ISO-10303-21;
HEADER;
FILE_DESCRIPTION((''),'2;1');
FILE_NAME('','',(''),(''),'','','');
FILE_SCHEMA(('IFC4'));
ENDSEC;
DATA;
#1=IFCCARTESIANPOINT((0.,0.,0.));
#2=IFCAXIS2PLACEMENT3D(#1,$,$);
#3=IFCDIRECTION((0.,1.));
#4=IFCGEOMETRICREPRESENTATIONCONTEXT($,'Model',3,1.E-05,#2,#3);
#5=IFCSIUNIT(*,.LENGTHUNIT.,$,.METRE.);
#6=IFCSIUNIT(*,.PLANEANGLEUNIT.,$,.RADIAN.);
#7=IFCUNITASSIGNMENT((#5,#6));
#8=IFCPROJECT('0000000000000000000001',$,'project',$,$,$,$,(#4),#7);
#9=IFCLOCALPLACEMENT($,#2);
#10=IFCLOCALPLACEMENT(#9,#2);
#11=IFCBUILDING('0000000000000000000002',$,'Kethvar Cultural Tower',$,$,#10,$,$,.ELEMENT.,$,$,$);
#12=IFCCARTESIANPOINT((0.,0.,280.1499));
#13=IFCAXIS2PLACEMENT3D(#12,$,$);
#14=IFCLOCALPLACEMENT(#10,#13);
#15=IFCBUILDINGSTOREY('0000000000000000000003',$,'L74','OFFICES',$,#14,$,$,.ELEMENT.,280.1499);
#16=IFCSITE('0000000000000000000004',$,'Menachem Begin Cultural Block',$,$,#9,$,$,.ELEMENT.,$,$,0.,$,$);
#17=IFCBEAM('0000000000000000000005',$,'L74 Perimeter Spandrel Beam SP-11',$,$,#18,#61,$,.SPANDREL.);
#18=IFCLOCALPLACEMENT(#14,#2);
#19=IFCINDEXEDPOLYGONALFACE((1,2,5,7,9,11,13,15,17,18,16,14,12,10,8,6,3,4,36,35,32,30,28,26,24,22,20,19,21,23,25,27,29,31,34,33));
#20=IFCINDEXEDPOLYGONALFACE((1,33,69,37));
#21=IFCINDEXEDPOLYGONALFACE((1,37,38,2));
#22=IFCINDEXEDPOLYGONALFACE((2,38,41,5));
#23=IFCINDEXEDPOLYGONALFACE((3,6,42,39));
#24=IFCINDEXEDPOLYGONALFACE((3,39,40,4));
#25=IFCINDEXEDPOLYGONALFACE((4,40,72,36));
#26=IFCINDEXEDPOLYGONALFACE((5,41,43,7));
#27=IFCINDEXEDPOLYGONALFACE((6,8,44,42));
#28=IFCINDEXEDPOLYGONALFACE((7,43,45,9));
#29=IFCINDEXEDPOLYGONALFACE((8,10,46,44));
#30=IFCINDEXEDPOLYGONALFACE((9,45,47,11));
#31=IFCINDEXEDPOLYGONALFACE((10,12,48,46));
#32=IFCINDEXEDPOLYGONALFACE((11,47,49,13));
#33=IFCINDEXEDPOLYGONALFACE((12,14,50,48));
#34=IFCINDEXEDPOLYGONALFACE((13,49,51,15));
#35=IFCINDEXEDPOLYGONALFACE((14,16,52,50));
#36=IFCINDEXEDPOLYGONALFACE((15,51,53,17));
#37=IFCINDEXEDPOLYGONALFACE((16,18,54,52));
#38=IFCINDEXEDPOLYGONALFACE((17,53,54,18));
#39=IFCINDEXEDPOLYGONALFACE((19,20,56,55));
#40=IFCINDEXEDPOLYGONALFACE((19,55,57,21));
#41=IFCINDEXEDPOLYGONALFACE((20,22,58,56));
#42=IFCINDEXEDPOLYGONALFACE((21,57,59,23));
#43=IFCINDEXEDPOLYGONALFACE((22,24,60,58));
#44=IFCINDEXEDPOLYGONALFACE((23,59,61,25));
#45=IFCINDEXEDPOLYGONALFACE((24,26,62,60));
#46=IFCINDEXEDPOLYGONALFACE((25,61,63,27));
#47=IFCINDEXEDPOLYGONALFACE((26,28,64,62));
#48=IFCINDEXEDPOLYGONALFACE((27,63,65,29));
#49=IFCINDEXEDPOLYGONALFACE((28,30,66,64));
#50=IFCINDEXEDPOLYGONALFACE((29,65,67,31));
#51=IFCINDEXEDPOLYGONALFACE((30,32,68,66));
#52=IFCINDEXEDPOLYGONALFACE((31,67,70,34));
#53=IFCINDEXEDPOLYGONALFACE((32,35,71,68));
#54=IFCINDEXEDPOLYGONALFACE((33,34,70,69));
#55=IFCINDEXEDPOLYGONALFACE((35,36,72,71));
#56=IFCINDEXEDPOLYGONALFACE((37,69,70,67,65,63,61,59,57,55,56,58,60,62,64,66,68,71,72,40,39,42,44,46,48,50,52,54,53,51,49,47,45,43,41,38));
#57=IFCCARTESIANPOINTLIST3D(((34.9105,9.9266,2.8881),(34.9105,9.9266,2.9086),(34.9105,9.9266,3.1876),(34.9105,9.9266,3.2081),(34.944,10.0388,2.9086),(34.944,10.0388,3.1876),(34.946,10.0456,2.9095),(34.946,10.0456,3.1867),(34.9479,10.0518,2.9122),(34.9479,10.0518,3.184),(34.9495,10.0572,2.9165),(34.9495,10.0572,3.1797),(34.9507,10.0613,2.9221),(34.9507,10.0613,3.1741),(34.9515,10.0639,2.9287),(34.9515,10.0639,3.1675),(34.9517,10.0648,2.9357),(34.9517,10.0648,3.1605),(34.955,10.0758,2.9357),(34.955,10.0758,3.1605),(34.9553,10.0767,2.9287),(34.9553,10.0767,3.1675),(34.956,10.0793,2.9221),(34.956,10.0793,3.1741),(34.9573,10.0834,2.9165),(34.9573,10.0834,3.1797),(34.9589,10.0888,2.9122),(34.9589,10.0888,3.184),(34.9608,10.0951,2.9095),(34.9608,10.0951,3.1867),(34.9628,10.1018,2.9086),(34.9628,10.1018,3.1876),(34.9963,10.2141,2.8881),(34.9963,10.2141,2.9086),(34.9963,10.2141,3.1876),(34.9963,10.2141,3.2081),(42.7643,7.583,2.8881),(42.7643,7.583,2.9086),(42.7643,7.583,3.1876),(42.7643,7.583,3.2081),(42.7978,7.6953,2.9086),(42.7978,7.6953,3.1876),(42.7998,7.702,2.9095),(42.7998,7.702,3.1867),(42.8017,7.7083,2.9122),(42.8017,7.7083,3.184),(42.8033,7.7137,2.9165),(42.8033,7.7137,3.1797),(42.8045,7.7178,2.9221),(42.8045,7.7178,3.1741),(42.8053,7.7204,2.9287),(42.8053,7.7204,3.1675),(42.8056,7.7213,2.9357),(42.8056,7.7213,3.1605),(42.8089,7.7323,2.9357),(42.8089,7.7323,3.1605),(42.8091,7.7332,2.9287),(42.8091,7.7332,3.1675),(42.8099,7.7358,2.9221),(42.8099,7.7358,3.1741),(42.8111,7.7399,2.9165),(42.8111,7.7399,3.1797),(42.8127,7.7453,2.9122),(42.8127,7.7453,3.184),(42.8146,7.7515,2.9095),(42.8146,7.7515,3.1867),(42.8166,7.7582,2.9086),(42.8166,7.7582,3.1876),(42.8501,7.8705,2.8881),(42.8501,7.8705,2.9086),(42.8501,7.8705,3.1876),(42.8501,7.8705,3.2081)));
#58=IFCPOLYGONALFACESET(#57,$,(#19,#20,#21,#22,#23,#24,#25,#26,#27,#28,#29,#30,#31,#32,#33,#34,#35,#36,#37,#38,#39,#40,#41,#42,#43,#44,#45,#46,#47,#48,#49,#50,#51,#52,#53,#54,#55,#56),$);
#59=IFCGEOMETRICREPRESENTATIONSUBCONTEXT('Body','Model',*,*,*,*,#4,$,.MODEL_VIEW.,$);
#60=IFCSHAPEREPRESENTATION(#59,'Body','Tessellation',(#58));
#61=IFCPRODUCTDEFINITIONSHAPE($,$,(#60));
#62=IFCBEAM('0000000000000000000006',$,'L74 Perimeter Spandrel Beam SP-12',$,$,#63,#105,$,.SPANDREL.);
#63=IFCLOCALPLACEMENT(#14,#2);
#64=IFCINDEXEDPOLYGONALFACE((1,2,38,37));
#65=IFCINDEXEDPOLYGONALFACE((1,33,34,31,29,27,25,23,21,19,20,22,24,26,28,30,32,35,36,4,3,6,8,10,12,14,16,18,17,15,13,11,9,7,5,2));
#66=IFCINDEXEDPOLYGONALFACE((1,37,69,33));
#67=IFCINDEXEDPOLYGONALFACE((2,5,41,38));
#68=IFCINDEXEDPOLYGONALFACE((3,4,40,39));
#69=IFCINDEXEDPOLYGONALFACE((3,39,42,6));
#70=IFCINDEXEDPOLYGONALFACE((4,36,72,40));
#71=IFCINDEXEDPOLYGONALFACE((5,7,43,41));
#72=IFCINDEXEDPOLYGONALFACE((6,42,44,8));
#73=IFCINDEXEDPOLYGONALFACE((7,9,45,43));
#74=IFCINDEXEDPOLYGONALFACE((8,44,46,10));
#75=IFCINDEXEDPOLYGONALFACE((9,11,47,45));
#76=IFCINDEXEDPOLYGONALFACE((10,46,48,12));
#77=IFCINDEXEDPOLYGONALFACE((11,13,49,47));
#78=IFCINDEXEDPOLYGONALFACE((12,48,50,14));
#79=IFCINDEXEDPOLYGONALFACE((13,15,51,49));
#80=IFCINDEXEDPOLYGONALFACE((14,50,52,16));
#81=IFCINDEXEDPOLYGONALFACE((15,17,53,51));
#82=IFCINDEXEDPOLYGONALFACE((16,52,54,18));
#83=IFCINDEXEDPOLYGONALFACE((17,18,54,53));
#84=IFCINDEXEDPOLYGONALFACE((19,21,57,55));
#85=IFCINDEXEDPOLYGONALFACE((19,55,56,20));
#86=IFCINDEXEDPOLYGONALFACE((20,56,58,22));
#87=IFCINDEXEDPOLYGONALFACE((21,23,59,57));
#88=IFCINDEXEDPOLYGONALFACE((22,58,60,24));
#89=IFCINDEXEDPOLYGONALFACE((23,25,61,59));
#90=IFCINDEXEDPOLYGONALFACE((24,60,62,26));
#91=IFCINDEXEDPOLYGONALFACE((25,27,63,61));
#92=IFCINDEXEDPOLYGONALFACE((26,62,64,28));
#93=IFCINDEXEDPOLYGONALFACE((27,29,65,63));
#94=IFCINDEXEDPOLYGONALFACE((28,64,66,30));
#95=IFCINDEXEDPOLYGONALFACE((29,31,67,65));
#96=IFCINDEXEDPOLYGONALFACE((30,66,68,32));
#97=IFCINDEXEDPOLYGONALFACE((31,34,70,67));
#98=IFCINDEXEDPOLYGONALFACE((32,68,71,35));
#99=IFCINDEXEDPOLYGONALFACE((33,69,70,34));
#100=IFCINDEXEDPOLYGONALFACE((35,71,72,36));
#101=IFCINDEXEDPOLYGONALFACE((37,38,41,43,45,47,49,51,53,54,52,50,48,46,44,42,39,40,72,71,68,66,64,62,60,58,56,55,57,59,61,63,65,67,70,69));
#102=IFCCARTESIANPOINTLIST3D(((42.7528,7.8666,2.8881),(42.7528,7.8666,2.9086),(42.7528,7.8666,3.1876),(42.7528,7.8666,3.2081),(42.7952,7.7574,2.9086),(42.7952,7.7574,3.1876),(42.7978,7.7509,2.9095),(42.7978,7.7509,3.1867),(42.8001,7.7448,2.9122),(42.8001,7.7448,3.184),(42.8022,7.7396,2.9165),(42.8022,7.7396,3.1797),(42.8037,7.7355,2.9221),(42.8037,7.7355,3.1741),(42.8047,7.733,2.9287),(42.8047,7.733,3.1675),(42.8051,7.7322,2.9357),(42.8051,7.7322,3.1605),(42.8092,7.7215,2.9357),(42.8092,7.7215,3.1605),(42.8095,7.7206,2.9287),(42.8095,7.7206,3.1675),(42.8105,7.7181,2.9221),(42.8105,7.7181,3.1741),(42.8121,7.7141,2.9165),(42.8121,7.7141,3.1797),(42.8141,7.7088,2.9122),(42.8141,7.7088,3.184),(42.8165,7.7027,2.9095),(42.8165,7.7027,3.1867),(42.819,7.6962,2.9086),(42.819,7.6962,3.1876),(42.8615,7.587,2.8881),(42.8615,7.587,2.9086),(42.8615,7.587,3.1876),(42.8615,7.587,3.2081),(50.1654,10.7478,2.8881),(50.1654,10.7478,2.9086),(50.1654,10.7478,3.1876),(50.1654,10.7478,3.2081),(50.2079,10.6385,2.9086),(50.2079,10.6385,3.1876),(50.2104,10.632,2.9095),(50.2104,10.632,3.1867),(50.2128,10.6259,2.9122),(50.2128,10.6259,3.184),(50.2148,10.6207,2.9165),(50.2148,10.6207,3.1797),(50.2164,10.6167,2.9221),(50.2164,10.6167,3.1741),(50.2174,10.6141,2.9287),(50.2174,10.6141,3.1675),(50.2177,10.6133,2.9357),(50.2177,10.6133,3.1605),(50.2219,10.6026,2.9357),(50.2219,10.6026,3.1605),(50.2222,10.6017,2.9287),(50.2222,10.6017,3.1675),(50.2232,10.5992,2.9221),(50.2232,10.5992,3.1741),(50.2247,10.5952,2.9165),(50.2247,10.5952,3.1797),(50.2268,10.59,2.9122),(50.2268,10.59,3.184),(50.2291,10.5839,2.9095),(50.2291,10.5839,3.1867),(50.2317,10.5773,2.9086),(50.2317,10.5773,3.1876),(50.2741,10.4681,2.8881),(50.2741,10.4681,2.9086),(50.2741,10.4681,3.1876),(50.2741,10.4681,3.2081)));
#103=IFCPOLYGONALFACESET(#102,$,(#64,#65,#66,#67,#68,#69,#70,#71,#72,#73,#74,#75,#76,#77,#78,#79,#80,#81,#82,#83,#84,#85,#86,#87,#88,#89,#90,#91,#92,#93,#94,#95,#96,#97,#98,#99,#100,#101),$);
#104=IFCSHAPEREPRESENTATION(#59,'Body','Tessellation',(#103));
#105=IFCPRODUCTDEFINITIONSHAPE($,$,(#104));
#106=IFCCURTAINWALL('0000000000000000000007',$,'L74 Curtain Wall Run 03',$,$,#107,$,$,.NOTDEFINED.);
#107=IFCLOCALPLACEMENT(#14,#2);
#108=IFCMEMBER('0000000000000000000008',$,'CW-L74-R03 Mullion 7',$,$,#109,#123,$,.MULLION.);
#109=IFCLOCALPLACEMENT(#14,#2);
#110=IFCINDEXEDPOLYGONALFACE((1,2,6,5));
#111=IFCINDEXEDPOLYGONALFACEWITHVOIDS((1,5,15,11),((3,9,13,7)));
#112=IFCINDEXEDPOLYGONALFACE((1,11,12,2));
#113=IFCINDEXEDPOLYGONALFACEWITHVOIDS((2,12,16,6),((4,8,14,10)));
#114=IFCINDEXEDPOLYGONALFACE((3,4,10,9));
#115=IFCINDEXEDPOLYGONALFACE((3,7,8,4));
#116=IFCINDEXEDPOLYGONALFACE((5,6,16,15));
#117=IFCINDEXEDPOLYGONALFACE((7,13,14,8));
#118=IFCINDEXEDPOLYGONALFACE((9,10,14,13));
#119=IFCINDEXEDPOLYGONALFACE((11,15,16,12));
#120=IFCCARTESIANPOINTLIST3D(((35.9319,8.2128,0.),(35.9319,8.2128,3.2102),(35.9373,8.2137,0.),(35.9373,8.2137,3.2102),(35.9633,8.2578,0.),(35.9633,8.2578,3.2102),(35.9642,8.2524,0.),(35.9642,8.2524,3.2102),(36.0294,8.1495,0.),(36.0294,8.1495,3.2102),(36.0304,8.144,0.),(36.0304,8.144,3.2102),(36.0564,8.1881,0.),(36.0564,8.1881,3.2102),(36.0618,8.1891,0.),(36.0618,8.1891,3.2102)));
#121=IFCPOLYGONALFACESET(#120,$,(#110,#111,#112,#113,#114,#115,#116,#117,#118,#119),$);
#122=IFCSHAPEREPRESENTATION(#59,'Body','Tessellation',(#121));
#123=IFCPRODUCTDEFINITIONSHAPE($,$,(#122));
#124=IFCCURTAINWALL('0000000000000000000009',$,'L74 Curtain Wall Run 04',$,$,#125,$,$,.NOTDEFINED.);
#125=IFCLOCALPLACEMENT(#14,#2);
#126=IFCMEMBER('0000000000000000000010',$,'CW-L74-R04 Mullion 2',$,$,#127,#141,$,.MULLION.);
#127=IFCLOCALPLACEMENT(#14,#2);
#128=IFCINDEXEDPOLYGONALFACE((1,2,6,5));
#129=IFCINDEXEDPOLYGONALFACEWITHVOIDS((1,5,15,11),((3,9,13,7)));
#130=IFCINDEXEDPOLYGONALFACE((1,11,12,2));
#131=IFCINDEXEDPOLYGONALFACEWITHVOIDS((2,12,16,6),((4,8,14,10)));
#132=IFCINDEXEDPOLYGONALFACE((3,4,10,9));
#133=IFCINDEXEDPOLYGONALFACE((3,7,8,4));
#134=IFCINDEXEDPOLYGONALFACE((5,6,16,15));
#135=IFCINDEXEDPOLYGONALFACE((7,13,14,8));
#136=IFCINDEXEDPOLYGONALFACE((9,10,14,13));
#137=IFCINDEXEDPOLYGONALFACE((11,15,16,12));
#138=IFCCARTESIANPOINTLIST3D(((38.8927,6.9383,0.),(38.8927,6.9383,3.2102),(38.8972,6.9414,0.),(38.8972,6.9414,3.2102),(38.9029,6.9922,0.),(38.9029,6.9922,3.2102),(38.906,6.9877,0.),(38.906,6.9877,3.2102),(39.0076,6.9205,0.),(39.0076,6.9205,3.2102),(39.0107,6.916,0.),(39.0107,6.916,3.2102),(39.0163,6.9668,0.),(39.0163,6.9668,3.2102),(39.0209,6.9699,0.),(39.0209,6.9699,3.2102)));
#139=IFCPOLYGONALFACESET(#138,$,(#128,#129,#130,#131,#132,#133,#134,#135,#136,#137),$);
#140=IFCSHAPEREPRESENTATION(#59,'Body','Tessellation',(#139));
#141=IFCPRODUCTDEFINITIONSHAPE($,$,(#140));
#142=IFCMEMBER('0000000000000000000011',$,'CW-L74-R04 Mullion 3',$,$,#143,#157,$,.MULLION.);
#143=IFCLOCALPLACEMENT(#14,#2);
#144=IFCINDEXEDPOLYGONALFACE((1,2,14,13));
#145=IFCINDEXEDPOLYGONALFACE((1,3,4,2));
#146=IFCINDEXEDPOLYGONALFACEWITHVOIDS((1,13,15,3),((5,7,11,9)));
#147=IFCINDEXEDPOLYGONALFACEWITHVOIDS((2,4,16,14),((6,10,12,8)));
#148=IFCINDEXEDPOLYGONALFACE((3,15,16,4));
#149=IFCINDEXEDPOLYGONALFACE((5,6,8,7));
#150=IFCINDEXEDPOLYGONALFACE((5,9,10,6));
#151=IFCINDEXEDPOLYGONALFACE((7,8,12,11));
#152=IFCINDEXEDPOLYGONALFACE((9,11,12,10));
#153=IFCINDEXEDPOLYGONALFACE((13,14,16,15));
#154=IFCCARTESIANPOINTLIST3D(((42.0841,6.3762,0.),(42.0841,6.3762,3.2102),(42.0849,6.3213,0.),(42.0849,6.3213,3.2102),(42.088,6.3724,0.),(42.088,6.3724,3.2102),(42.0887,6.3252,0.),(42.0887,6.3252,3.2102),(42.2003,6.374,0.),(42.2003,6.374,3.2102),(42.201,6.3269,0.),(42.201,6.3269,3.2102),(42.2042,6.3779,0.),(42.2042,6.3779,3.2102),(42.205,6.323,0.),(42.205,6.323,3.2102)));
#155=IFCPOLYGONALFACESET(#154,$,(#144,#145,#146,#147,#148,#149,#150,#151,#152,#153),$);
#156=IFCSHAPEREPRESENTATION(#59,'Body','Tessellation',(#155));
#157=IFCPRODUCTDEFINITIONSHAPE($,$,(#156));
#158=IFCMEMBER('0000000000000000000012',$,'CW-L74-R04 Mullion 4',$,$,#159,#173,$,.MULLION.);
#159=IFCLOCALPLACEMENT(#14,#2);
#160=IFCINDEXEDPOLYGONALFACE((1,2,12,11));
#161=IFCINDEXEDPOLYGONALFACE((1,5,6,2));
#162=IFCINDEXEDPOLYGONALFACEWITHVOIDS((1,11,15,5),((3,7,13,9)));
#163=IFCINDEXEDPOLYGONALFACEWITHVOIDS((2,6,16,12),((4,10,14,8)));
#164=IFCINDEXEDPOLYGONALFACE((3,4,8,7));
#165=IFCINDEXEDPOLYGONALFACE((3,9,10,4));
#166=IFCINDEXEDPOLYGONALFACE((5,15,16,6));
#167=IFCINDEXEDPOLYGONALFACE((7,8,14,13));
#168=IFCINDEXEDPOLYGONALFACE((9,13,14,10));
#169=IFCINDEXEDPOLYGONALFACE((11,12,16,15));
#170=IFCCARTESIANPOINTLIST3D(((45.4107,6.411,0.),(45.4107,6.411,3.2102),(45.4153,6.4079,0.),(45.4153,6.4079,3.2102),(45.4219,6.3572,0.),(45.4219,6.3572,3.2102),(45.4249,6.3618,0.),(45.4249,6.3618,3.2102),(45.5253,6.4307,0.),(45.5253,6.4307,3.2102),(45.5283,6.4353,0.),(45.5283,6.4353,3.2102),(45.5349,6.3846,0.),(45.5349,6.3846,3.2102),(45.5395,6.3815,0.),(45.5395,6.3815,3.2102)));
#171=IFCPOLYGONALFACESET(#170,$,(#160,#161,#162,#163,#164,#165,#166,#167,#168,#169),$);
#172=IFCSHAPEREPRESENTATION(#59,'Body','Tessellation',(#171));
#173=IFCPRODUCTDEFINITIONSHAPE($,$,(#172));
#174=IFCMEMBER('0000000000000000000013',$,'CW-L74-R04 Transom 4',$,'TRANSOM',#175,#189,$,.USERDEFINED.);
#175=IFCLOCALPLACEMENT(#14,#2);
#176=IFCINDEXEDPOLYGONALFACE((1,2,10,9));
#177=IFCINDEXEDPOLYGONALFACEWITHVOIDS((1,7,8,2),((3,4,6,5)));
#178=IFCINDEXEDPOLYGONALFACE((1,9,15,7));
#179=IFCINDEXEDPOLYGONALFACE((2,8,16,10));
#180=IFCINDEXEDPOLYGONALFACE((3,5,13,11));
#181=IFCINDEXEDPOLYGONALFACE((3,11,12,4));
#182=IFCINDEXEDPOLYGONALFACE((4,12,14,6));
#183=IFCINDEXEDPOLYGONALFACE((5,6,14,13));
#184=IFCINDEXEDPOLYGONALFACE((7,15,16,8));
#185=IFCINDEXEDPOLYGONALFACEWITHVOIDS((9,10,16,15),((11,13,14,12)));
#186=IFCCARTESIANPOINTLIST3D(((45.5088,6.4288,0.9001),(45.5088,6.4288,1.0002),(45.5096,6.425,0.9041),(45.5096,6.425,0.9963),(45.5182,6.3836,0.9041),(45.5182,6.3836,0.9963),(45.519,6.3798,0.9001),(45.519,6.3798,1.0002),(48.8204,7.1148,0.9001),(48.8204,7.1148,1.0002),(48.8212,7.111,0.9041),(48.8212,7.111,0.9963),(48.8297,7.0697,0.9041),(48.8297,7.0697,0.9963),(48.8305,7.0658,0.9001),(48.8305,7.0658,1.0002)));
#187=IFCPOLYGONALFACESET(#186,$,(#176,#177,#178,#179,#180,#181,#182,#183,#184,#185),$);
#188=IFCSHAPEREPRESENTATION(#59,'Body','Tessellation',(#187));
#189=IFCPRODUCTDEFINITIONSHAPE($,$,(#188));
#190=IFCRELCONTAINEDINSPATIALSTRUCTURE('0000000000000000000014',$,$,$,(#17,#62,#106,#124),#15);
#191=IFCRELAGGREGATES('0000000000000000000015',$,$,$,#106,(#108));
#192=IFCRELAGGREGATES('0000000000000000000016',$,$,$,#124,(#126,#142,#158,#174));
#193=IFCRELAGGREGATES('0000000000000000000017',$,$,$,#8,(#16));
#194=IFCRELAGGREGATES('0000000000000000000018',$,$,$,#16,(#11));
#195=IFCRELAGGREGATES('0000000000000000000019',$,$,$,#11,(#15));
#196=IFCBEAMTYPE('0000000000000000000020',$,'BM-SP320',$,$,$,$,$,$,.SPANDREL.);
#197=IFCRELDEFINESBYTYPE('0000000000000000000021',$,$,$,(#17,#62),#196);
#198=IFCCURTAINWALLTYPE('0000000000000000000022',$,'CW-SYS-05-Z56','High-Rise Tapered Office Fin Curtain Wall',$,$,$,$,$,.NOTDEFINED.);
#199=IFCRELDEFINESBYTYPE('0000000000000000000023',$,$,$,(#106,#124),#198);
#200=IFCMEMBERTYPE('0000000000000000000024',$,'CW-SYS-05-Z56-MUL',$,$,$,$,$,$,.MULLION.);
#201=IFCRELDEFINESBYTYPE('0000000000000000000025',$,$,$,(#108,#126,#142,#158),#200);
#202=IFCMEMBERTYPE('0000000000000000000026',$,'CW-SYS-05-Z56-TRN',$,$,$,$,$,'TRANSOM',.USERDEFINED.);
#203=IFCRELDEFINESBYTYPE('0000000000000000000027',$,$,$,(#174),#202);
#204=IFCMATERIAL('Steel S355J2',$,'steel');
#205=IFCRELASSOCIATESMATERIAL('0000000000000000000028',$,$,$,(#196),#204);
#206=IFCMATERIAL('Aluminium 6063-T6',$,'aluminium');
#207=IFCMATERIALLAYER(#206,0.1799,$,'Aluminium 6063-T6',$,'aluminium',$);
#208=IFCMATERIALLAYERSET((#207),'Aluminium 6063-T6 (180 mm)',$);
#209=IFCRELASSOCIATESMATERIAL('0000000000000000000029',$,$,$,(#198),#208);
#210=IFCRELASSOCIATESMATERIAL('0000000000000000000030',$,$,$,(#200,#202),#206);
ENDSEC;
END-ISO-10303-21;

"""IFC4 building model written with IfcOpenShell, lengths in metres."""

from ifc_helpers import new_model, si_unit, direction, frame, origin, origin_2d, place, context, subcontext, project, spatial, hollow_rectangle, i_section, extrude, source, transform, mapped, material, layer, layer_set, material_profile, profile_set, type_object, element, aggregate, save


model = new_model("IFC4")

# Units and contexts
model_context = context("Model", 3, precision=1e-05, world=origin(), true_north=direction((0.0, 1.0)))
body_context = subcontext(model_context, "Body", "Model", "MODEL_VIEW")
ifc_project = project(units=[si_unit("LENGTHUNIT", "METRE"), si_unit("PLANEANGLEUNIT", "RADIAN")], contexts=[model_context])

# Site, building, storey
site_placement = place(None, origin())
site = spatial("IfcSite", under=ifc_project, at=site_placement, Name="Menachem Begin Cultural Block", CompositionType="ELEMENT", RefElevation=0.0)
building_placement = place(site_placement, origin())
building = spatial("IfcBuilding", under=site, at=building_placement, Name="Kethvar Cultural Tower", CompositionType="ELEMENT")
storey_placement = place(building_placement, frame((0.0, 0.0, 280.1499)))
storey = spatial("IfcBuildingStorey", under=building, at=storey_placement, Name="L74", Description="OFFICES", CompositionType="ELEMENT", Elevation=280.1499)

# Shared definitions
ifc_material_1 = material(Name="Steel S355J2", Category="steel")

# Beams
ifc_material_profile_1 = material_profile(ifc_material_1, i_section(OverallWidth=0.3, OverallDepth=0.3201, WebThickness=0.0115, FlangeThickness=0.0205, FilletRadius=0.0271, at=origin_2d()), Name="Steel S355J2 — HEB320")
ifc_profile_set_1 = profile_set([ifc_material_profile_1], Name="Steel S355J2 — HEB320")
beam_type_1 = type_object("IfcBeamType", Name="BM-SP320", PredefinedType="SPANDREL", material=ifc_profile_set_1)
shared_shape_1 = source(origin(), body_context, "Body", "SweptSolid", [
    extrude(i_section(OverallWidth=0.3, OverallDepth=0.3201, WebThickness=0.0115, FlangeThickness=0.0205, FilletRadius=0.0271, at=origin_2d()), origin(), (0.0, 0.0, 1.0), 8.196),
])
beam_1_placement = place(storey_placement, frame((34.9534, 10.0703, 3.0481), z_axis=(0.958249, -0.285935, 0.0), x_axis=(0.285935, 0.958249, 0.0)))
element("IfcBeam", 1, at=beam_1_placement, inside=storey, type_object=beam_type_1, Name="L74 Perimeter Spandrel Beam SP-11", PredefinedType="SPANDREL", context=body_context, shape_type="MappedRepresentation", body=[
    mapped(shared_shape_1, transform((0.0, 0.0, 0.0), scale=1.0)),
])
shared_shape_2 = source(origin(), body_context, "Body", "SweptSolid", [
    extrude(i_section(OverallWidth=0.3, OverallDepth=0.3201, WebThickness=0.0115, FlangeThickness=0.0205, FilletRadius=0.0271, at=origin_2d()), origin(), (0.0, 0.0, 1.0), 7.9529),
])
beam_2_placement = place(storey_placement, frame((42.8071, 7.7268, 3.0481), z_axis=(0.932071, 0.362274, 0.0), x_axis=(-0.362274, 0.932071, 0.0)))
element("IfcBeam", 2, at=beam_2_placement, inside=storey, type_object=beam_type_1, Name="L74 Perimeter Spandrel Beam SP-12", PredefinedType="SPANDREL", context=body_context, shape_type="MappedRepresentation", body=[
    mapped(shared_shape_2, transform((0.0, 0.0, 0.0), scale=1.0)),
])

# Curtain wall, member
ifc_material_2 = material(Name="Aluminium 6063-T6", Category="aluminium")
ifc_layer_1 = layer(ifc_material_2, 0.1799, Name="Aluminium 6063-T6", Category="aluminium")
ifc_layer_set_1 = layer_set([ifc_layer_1], Name="Aluminium 6063-T6 (180 mm)")
curtain_wall_type = type_object("IfcCurtainWallType", Name="CW-SYS-05-Z56", Description="High-Rise Tapered Office Fin Curtain Wall", PredefinedType="NOTDEFINED", material=ifc_layer_set_1)
curtain_wall_1_placement = place(storey_placement, origin())
curtain_wall_1 = element("IfcCurtainWall", 3, at=curtain_wall_1_placement, inside=storey, type_object=curtain_wall_type, Name="L74 Curtain Wall Run 03", PredefinedType="NOTDEFINED")
ifc_material_profile_2 = material_profile(ifc_material_2, hollow_rectangle(XDim=0.0549, YDim=0.1201, WallThickness=0.0039, at=origin_2d()), Name="Aluminium 6063-T6 — RHS120x55x4")
ifc_profile_set_2 = profile_set([ifc_material_profile_2], Name="Aluminium 6063-T6 — RHS120x55x4")
member_type_1 = type_object("IfcMemberType", Name="CW-SYS-05-Z56-MUL", PredefinedType="MULLION", material=ifc_profile_set_2)
shared_shape_3 = source(origin(), body_context, "Body", "SweptSolid", [
    extrude(hollow_rectangle(XDim=0.0549, YDim=0.1201, WallThickness=0.0039, at=origin_2d()), origin(), (0.0, 0.0, 1.0), 3.2102),
])
member_1_placement = place(storey_placement, frame((35.9968, 8.2009, 0.0), z_axis=(0.0, 0.0, 1.0), x_axis=(0.572017, 0.820242, 0.0)))
member_1 = element("IfcMember", 4, at=member_1_placement, type_object=member_type_1, Name="CW-L74-R03 Mullion 7", PredefinedType="MULLION", context=body_context, shape_type="MappedRepresentation", body=[
    mapped(shared_shape_3, transform((0.0, 0.0, 0.0), scale=1.0)),
])

# Curtain wall, members
curtain_wall_2_placement = place(storey_placement, origin())
curtain_wall_2 = element("IfcCurtainWall", 5, at=curtain_wall_2_placement, inside=storey, type_object=curtain_wall_type, Name="L74 Curtain Wall Run 04", PredefinedType="NOTDEFINED")
member_2_placement = place(storey_placement, frame((38.9568, 6.9541, 0.0), z_axis=(0.0, 0.0, 1.0), x_axis=(0.185684, 0.98261, 0.0)))
member_2 = element("IfcMember", 6, at=member_2_placement, type_object=member_type_1, Name="CW-L74-R04 Mullion 2", PredefinedType="MULLION", context=body_context, shape_type="MappedRepresentation", body=[
    mapped(shared_shape_3, transform((0.0, 0.0, 0.0), scale=1.0)),
])
member_3_placement = place(storey_placement, frame((42.1445, 6.3496, 0.0), z_axis=(0.0, 0.0, 1.0), x_axis=(-0.014538, 0.999894, 0.0)))
member_3 = element("IfcMember", 7, at=member_3_placement, type_object=member_type_1, Name="CW-L74-R04 Mullion 3", PredefinedType="MULLION", context=body_context, shape_type="MappedRepresentation", body=[
    mapped(shared_shape_3, transform((0.0, 0.0, 0.0), scale=1.0)),
])
member_4_placement = place(storey_placement, frame((45.4751, 6.3962, 0.0), z_axis=(0.0, 0.0, 1.0), x_axis=(-0.202839, 0.979212, 0.0)))
member_4 = element("IfcMember", 8, at=member_4_placement, type_object=member_type_1, Name="CW-L74-R04 Mullion 4", PredefinedType="MULLION", context=body_context, shape_type="MappedRepresentation", body=[
    mapped(shared_shape_3, transform((0.0, 0.0, 0.0), scale=1.0)),
])
ifc_material_profile_3 = material_profile(ifc_material_2, hollow_rectangle(XDim=0.05, YDim=0.1001, WallThickness=0.0039, at=origin_2d()), Name="Aluminium 6063-T6 — RHS100x50x4")
ifc_profile_set_3 = profile_set([ifc_material_profile_3], Name="Aluminium 6063-T6 — RHS100x50x4")
member_type_2 = type_object("IfcMemberType", Name="CW-SYS-05-Z56-TRN", ElementType="TRANSOM", PredefinedType="USERDEFINED", material=ifc_profile_set_3)
shared_shape_4 = source(origin(), body_context, "Body", "SweptSolid", [
    extrude(hollow_rectangle(XDim=0.05, YDim=0.1001, WallThickness=0.0039, at=origin_2d()), origin(), (0.0, 0.0, 1.0), 3.3818),
])
member_5_placement = place(storey_placement, frame((45.5139, 6.4043, 0.9502), z_axis=(0.979208, 0.202859, 0.0), x_axis=(-0.202859, 0.979208, 0.0)))
member_5 = element("IfcMember", 9, at=member_5_placement, type_object=member_type_2, Name="CW-L74-R04 Transom 4", ObjectType="TRANSOM", PredefinedType="USERDEFINED", context=body_context, shape_type="MappedRepresentation", body=[
    mapped(shared_shape_4, transform((0.0, 0.0, 0.0), scale=1.0)),
])

aggregate(curtain_wall_1, [member_1])
aggregate(curtain_wall_2, [member_2, member_3, member_4, member_5])

save(model, "model.ifc")
